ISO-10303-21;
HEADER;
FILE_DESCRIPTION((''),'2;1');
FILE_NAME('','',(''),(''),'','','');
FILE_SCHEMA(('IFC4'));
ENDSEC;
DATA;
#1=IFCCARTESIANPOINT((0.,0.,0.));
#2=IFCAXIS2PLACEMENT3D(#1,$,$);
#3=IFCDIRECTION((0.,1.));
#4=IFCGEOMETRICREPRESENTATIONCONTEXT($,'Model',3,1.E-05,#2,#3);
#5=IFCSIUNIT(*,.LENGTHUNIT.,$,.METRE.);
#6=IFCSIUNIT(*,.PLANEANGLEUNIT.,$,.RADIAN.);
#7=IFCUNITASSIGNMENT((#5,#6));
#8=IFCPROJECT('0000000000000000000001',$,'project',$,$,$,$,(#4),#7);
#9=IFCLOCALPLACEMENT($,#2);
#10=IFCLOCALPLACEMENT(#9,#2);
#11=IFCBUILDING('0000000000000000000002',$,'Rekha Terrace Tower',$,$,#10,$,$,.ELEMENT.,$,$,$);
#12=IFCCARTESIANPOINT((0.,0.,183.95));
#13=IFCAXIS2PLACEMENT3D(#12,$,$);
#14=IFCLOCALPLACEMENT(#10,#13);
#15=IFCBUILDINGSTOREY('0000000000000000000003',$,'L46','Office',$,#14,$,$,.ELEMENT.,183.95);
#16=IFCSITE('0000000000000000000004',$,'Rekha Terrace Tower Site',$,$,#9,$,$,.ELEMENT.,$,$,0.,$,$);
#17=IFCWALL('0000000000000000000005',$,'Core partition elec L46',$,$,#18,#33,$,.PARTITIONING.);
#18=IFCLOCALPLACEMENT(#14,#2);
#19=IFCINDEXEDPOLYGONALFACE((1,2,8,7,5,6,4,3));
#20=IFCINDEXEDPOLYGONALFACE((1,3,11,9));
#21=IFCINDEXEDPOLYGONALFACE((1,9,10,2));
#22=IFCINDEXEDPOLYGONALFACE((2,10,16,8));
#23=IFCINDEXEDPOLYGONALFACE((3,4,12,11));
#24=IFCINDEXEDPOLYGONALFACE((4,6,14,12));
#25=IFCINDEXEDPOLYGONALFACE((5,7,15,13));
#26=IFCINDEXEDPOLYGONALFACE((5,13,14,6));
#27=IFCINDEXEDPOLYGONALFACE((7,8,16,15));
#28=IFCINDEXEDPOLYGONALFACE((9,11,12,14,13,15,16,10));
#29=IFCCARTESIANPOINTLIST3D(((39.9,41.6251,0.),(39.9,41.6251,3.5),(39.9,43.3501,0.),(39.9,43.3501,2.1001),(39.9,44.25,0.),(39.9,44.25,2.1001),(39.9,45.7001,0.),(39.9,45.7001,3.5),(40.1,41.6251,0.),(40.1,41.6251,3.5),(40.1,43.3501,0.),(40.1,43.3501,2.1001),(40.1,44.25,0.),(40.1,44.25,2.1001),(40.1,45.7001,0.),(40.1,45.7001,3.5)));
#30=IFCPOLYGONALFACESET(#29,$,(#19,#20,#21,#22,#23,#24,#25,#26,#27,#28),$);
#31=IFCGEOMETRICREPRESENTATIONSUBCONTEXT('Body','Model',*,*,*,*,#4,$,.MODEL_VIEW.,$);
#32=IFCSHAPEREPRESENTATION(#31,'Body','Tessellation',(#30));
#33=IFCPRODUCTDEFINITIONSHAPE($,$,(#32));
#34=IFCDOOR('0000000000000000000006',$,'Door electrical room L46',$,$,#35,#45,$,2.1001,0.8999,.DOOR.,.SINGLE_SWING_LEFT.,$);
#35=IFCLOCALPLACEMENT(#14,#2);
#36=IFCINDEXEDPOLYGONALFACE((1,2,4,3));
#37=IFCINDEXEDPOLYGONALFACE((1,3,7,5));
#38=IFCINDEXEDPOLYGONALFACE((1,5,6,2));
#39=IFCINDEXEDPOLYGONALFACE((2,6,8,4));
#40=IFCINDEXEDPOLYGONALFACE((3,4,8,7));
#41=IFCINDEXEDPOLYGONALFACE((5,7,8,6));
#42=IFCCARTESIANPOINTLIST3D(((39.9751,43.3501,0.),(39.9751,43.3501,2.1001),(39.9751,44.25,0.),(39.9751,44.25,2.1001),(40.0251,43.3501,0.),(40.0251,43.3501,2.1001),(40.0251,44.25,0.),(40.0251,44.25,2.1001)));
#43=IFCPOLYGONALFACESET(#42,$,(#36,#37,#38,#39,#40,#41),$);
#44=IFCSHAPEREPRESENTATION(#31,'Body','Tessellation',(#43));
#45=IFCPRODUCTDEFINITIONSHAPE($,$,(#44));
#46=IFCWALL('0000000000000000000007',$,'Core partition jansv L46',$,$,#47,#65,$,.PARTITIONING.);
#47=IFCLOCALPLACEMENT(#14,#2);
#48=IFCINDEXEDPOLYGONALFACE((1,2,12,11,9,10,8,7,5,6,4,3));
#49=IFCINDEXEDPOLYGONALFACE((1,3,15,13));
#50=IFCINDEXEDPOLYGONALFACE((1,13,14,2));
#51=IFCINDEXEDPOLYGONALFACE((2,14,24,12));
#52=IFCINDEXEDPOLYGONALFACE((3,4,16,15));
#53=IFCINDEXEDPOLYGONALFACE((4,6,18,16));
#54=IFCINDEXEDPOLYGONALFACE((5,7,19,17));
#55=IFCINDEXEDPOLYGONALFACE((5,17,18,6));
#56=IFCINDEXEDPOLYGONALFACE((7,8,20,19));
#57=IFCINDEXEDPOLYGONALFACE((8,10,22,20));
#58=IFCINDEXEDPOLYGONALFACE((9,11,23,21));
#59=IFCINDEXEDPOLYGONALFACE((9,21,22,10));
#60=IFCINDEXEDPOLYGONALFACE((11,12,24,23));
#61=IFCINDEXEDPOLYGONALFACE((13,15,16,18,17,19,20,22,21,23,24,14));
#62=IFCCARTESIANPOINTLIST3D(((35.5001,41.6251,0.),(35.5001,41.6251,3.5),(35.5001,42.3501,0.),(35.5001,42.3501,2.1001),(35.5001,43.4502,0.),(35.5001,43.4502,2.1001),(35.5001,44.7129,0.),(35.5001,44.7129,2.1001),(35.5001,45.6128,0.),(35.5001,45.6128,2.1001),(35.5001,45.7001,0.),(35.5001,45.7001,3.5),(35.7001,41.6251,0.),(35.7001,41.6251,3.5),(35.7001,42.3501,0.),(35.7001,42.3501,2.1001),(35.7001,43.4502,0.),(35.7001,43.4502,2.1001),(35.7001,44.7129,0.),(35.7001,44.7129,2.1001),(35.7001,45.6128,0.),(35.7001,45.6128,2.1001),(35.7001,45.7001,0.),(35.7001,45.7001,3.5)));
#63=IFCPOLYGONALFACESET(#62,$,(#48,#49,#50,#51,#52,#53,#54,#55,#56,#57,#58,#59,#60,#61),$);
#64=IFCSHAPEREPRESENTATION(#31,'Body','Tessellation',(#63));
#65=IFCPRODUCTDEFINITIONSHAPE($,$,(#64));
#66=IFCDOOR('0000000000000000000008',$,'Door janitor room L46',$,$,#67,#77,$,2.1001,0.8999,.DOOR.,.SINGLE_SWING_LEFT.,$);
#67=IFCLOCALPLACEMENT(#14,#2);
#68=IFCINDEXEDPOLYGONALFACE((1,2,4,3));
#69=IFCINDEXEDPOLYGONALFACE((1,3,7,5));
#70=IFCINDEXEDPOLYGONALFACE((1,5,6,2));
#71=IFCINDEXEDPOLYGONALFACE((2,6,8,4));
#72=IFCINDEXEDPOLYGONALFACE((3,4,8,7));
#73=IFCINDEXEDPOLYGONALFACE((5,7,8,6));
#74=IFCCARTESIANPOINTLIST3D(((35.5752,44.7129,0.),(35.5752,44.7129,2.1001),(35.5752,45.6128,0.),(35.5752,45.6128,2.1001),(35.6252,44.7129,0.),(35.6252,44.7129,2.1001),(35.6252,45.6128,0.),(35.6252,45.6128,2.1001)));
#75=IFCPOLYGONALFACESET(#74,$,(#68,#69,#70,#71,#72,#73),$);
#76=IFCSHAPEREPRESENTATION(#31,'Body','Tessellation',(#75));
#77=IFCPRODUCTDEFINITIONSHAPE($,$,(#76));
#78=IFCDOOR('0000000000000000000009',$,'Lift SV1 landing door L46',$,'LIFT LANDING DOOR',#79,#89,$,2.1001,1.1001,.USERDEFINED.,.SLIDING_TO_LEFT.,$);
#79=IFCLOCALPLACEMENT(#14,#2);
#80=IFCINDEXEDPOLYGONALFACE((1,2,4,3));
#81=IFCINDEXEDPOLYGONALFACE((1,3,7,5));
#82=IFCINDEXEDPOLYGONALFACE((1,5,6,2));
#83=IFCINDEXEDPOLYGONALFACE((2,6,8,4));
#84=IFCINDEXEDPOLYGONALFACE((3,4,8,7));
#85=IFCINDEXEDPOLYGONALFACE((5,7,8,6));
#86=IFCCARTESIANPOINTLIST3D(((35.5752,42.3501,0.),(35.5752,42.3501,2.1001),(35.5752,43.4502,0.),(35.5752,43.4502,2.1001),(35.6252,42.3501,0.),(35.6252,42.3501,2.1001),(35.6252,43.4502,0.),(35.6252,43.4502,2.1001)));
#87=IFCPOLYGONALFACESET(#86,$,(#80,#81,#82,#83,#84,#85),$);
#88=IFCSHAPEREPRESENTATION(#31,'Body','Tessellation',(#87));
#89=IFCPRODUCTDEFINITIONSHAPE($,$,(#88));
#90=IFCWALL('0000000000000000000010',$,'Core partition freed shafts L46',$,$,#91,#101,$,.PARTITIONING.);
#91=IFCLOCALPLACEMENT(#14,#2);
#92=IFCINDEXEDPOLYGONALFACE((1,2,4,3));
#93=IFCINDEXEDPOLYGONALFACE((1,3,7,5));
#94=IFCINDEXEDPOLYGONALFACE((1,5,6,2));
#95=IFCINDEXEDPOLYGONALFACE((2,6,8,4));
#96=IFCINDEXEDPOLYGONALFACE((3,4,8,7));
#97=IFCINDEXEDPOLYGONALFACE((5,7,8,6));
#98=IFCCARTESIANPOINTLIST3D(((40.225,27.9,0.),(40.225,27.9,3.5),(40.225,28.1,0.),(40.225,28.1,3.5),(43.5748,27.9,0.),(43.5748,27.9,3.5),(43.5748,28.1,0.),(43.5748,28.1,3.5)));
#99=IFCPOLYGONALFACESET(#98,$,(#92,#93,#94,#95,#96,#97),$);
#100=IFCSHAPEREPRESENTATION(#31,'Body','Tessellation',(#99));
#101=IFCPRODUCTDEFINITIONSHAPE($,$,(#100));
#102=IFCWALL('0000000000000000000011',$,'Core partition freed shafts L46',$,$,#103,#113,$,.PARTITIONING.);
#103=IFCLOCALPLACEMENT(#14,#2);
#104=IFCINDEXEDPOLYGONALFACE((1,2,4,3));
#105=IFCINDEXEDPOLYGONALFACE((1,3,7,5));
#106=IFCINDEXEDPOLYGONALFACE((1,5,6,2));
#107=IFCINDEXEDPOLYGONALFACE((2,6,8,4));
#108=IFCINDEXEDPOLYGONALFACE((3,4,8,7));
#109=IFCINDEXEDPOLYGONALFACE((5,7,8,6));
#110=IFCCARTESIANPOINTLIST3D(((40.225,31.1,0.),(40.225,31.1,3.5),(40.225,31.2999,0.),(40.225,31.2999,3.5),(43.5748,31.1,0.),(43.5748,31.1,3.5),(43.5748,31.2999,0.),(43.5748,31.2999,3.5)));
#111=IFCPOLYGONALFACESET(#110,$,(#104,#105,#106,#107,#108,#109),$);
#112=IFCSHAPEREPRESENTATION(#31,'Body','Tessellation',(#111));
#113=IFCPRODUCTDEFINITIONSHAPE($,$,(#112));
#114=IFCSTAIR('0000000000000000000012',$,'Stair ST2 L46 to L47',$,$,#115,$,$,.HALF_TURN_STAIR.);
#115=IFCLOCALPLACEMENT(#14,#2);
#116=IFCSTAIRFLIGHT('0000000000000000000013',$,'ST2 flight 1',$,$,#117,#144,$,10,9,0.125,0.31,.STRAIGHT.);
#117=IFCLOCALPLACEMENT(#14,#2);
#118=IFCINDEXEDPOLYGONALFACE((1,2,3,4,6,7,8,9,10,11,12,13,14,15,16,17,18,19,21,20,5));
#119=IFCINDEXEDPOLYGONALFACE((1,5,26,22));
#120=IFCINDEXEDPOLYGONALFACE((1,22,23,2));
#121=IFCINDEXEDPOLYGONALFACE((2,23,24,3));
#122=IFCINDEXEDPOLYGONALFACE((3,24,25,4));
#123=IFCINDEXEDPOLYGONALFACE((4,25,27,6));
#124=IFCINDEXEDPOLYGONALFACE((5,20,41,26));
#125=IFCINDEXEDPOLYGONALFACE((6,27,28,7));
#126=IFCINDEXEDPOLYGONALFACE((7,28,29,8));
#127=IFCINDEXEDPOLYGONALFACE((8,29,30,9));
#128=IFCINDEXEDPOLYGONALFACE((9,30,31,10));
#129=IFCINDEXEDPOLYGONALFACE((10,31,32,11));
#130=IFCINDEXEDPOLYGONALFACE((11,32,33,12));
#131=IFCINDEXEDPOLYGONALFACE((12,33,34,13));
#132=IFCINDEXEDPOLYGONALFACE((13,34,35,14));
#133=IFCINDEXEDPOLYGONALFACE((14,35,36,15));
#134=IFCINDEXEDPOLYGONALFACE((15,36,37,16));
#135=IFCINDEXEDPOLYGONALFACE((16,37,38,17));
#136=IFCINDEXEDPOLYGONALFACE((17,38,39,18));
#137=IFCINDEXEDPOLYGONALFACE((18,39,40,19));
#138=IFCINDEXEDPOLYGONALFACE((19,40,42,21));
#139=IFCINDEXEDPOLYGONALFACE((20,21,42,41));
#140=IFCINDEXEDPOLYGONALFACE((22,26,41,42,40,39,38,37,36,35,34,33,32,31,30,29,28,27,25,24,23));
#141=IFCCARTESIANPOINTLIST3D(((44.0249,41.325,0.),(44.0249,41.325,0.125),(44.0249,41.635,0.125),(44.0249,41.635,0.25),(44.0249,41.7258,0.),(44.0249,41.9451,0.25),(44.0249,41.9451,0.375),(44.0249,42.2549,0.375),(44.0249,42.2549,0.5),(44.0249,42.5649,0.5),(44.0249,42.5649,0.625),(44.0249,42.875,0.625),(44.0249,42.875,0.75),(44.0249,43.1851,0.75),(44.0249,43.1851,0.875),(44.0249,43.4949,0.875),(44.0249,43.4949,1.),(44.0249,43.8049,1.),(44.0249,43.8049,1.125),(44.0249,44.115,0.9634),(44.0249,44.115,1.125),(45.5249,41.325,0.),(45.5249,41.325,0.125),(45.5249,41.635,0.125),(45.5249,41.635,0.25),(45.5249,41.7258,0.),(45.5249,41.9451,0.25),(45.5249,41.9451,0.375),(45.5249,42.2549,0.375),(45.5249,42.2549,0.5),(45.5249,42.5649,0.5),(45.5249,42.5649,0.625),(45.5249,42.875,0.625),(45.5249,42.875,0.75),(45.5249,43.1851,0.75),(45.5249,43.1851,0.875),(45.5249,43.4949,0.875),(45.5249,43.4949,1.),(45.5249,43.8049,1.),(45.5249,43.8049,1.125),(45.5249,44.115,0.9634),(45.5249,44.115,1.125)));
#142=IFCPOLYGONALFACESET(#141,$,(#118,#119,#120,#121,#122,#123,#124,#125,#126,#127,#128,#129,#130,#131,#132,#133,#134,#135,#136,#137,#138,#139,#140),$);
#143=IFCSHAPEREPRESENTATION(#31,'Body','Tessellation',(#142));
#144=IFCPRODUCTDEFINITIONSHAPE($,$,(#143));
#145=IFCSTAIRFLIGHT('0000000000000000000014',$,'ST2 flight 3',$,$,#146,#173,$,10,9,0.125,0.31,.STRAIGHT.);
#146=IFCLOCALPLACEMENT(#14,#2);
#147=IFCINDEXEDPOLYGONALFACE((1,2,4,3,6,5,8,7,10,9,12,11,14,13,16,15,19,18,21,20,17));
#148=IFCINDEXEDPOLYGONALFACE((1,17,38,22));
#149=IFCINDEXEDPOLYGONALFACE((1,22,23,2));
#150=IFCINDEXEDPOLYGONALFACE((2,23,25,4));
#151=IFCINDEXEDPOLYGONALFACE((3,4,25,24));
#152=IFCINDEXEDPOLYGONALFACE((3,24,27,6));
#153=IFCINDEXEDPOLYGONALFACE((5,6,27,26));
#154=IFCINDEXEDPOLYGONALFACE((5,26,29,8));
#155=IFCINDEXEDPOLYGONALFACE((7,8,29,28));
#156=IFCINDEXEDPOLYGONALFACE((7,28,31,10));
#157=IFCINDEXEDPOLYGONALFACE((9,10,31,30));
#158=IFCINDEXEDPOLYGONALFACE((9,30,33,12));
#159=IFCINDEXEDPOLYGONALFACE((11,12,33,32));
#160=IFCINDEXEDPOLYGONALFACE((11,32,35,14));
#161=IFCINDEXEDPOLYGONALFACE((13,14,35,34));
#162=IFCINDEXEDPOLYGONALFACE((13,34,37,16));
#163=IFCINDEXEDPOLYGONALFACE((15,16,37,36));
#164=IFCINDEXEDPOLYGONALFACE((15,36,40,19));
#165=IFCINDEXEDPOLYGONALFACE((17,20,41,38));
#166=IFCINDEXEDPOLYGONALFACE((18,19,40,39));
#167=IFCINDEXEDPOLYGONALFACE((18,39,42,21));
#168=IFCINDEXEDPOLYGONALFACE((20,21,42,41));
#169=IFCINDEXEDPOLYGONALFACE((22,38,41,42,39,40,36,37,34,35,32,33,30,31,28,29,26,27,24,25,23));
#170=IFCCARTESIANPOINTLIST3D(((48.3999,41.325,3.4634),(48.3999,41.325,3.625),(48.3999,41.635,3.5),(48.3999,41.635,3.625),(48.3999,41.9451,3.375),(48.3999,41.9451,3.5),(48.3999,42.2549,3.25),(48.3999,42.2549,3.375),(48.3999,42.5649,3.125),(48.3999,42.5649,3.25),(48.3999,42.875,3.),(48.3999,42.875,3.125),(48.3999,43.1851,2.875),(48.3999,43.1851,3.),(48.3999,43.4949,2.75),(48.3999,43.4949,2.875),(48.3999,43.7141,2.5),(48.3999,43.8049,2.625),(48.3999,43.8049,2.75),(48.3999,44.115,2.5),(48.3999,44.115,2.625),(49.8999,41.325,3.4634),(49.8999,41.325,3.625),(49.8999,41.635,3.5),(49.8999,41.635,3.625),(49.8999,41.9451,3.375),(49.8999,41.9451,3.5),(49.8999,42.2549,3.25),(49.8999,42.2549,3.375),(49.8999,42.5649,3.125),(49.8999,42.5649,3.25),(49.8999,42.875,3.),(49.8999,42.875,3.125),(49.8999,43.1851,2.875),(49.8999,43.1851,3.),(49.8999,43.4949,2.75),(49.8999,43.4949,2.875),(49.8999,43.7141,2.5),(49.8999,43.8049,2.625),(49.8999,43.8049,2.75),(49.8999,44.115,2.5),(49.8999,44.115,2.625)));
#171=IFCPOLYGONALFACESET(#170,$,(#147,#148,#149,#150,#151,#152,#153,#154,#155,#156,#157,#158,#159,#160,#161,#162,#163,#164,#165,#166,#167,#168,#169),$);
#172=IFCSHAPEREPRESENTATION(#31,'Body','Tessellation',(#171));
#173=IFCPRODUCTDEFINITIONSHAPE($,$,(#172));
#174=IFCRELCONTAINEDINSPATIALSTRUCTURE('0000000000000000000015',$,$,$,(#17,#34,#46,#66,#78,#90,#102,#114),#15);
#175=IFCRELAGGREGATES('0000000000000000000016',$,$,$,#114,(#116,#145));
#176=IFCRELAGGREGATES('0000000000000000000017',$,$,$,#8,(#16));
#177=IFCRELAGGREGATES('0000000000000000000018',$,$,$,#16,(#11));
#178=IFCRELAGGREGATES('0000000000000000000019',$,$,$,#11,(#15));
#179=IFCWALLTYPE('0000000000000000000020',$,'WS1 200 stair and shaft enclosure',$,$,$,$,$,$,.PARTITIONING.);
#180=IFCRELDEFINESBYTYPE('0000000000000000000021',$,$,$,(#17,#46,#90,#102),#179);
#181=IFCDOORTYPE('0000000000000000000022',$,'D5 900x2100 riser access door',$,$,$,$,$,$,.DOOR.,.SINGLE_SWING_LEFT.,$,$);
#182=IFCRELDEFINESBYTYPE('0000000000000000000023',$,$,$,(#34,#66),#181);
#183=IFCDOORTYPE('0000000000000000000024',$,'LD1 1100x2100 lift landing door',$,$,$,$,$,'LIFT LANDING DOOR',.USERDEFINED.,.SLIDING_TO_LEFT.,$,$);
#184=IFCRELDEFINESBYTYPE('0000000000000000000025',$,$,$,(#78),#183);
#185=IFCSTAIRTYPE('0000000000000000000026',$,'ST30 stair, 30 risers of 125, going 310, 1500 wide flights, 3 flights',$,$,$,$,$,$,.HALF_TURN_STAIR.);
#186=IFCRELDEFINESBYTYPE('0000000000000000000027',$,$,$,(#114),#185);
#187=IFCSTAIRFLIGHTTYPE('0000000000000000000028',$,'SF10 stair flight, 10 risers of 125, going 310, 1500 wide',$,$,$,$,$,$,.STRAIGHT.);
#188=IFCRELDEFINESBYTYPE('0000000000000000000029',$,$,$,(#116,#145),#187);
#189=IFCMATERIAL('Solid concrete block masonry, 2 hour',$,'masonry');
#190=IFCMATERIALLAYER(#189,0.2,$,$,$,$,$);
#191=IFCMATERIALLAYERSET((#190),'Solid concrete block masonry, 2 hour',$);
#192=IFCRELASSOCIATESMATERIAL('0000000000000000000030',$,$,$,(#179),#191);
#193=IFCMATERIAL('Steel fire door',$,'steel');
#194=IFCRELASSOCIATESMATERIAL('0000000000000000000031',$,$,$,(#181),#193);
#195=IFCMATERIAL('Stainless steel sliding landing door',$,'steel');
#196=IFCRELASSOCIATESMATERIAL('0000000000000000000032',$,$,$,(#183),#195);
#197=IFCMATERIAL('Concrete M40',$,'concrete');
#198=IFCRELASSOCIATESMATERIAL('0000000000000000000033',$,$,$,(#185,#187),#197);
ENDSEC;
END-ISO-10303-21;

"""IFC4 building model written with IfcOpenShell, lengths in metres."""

from ifc_helpers import new_model, si_unit, direction, frame, frame_2d, origin, place, context, subcontext, project, spatial, polyline, rectangle, outline, extrude, material, layer, layer_set, type_object, element, fill, aggregate, save


model = new_model("IFC4")

# Units and contexts
model_context = context("Model", 3, precision=1e-05, world=origin(), true_north=direction((0.0, 1.0)))
body_context = subcontext(model_context, "Body", "Model", "MODEL_VIEW")
ifc_project = project(units=[si_unit("LENGTHUNIT", "METRE"), si_unit("PLANEANGLEUNIT", "RADIAN")], contexts=[model_context])

# Site, building, storey
site_placement = place(None, origin())
site = spatial("IfcSite", under=ifc_project, at=site_placement, Name="Rekha Terrace Tower Site", CompositionType="ELEMENT", RefElevation=0.0)
building_placement = place(site_placement, origin())
building = spatial("IfcBuilding", under=site, at=building_placement, Name="Rekha Terrace Tower", CompositionType="ELEMENT")
storey_placement = place(building_placement, frame((0.0, 0.0, 183.95)))
storey = spatial("IfcBuildingStorey", under=building, at=storey_placement, Name="L46", Description="Office", CompositionType="ELEMENT", Elevation=183.95)

# Shared definitions
ifc_material_1 = material(Name="Stainless steel sliding landing door", Category="steel")
ifc_material_2 = material(Name="Steel fire door", Category="steel")

# Shared definitions
ifc_material_3 = material(Name="Solid concrete block masonry, 2 hour", Category="masonry")
ifc_layer_1 = layer(ifc_material_3, 0.2)
ifc_layer_set_1 = layer_set([ifc_layer_1], Name="Solid concrete block masonry, 2 hour")
wall_type_1 = type_object("IfcWallType", Name="WS1 200 stair and shaft enclosure", PredefinedType="PARTITIONING", material=ifc_layer_set_1)

# Wall, opening, door
wall_1_placement = place(storey_placement, frame((40.0, 41.625, 0.0), z_axis=(0.0, 0.0, 1.0), x_axis=(0.0, 1.0, 0.0)))
wall_1 = element("IfcWall", 1, at=wall_1_placement, inside=storey, type_object=wall_type_1, Name="Core partition elec L46", PredefinedType="PARTITIONING", context=body_context, shape_type="SweptSolid", body=[
    extrude(rectangle(XDim=4.075, YDim=0.2, at=frame_2d((2.0376, 0.0))), origin(), (0.0, 0.0, 1.0), 3.5),
])
opening_1_placement = place(wall_1_placement, frame((1.7251, 0.0, 0.0)))
opening_1 = element("IfcOpeningElement", 2, at=opening_1_placement, cuts=wall_1, PredefinedType="OPENING", context=body_context, shape_type="SweptSolid", body=[
    extrude(rectangle(XDim=0.8999, YDim=2.1001, at=frame_2d((0.45, 1.05))), frame((0.0, 0.1099, 0.0), z_axis=(0.0, -1.0, 0.0), x_axis=(1.0, 0.0, 0.0)), (0.0, 0.0, 1.0), 0.22),
])
door_type_1 = type_object("IfcDoorType", Name="D5 900x2100 riser access door", OperationType="SINGLE_SWING_LEFT", PredefinedType="DOOR", material=ifc_material_2)
door_1_placement = place(opening_1_placement, origin())
door_1 = element("IfcDoor", 3, at=door_1_placement, inside=storey, type_object=door_type_1, Name="Door electrical room L46", OperationType="SINGLE_SWING_LEFT", OverallHeight=2.1001, OverallWidth=0.8999, PredefinedType="DOOR", context=body_context, shape_type="SweptSolid", body=[
    extrude(rectangle(XDim=0.8999, YDim=2.1001, at=frame_2d((0.45, 1.05))), frame((0.0, 0.0249, 0.0), z_axis=(0.0, -1.0, 0.0), x_axis=(1.0, 0.0, 0.0)), (0.0, 0.0, 1.0), 0.05),
])
fill(opening_1, door_1)

# Wall, openings, doors
wall_2_placement = place(storey_placement, frame((35.6001, 41.625, 0.0), z_axis=(0.0, 0.0, 1.0), x_axis=(0.0, 1.0, 0.0)))
wall_2 = element("IfcWall", 4, at=wall_2_placement, inside=storey, type_object=wall_type_1, Name="Core partition jansv L46", PredefinedType="PARTITIONING", context=body_context, shape_type="SweptSolid", body=[
    extrude(rectangle(XDim=4.075, YDim=0.2, at=frame_2d((2.0376, 0.0))), origin(), (0.0, 0.0, 1.0), 3.5),
])
opening_2_placement = place(wall_2_placement, frame((3.0879, 0.0, 0.0)))
opening_2 = element("IfcOpeningElement", 5, at=opening_2_placement, cuts=wall_2, PredefinedType="OPENING", context=body_context, shape_type="SweptSolid", body=[
    extrude(rectangle(XDim=0.8999, YDim=2.1001, at=frame_2d((0.45, 1.05))), frame((0.0, 0.1099, 0.0), z_axis=(0.0, -1.0, 0.0), x_axis=(1.0, 0.0, 0.0)), (0.0, 0.0, 1.0), 0.22),
])
opening_3_placement = place(wall_2_placement, frame((0.7251, 0.0, 0.0)))
opening_3 = element("IfcOpeningElement", 6, at=opening_3_placement, cuts=wall_2, PredefinedType="OPENING", context=body_context, shape_type="SweptSolid", body=[
    extrude(rectangle(XDim=1.1001, YDim=2.1001, at=frame_2d((0.55, 1.05))), frame((0.0, 0.1099, 0.0), z_axis=(0.0, -1.0, 0.0), x_axis=(1.0, 0.0, 0.0)), (0.0, 0.0, 1.0), 0.22),
])
door_2_placement = place(opening_2_placement, origin())
door_2 = element("IfcDoor", 7, at=door_2_placement, inside=storey, type_object=door_type_1, Name="Door janitor room L46", OperationType="SINGLE_SWING_LEFT", OverallHeight=2.1001, OverallWidth=0.8999, PredefinedType="DOOR", context=body_context, shape_type="SweptSolid", body=[
    extrude(rectangle(XDim=0.8999, YDim=2.1001, at=frame_2d((0.45, 1.05))), frame((0.0, 0.0249, 0.0), z_axis=(0.0, -1.0, 0.0), x_axis=(1.0, 0.0, 0.0)), (0.0, 0.0, 1.0), 0.05),
])
fill(opening_2, door_2)
door_type_2 = type_object("IfcDoorType", Name="LD1 1100x2100 lift landing door", ElementType="LIFT LANDING DOOR", OperationType="SLIDING_TO_LEFT", PredefinedType="USERDEFINED", material=ifc_material_1)
door_3_placement = place(opening_3_placement, origin())
door_3 = element("IfcDoor", 8, at=door_3_placement, inside=storey, type_object=door_type_2, Name="Lift SV1 landing door L46", ObjectType="LIFT LANDING DOOR", OperationType="SLIDING_TO_LEFT", OverallHeight=2.1001, OverallWidth=1.1001, PredefinedType="USERDEFINED", context=body_context, shape_type="SweptSolid", body=[
    extrude(rectangle(XDim=1.1001, YDim=2.1001, at=frame_2d((0.55, 1.05))), frame((0.0, 0.0249, 0.0), z_axis=(0.0, -1.0, 0.0), x_axis=(1.0, 0.0, 0.0)), (0.0, 0.0, 1.0), 0.05),
])
fill(opening_3, door_3)

# Walls
for number, where, z_axis, x_axis, name in (
    (9, (40.2251, 28.0, 0.0), (0.0, 0.0, 1.0), (1.0, 0.0, 0.0), "Core partition freed shafts L46"),
    (10, (40.2251, 31.2, 0.0), (0.0, 0.0, 1.0), (1.0, 0.0, 0.0), "Core partition freed shafts L46"),
):
    element("IfcWall", number, at=place(storey_placement, frame(where, z_axis=z_axis, x_axis=x_axis)), inside=storey, type_object=wall_type_1, Name=name, PredefinedType="PARTITIONING", context=body_context, shape_type="SweptSolid", body=[
        extrude(rectangle(XDim=3.3499, YDim=0.2, at=frame_2d((1.6748, 0.0))), origin(), (0.0, 0.0, 1.0), 3.5),
    ])

# Stair, stair flights
ifc_material_4 = material(Name="Concrete M40", Category="concrete")
stair_type = type_object("IfcStairType", Name="ST30 stair, 30 risers of 125, going 310, 1500 wide flights, 3 flights", PredefinedType="HALF_TURN_STAIR", material=ifc_material_4)
stair_1_placement = place(storey_placement, origin())
stair_1 = element("IfcStair", 11, at=stair_1_placement, inside=storey, type_object=stair_type, Name="Stair ST2 L46 to L47", PredefinedType="HALF_TURN_STAIR")
stair_flight_type = type_object("IfcStairFlightType", Name="SF10 stair flight, 10 risers of 125, going 310, 1500 wide", PredefinedType="STRAIGHT", material=ifc_material_4)
stair_flight_1_placement = place(storey_placement, frame((44.7749, 41.325, 0.0), z_axis=(0.0, 0.0, 1.0), x_axis=(0.0, 1.0, 0.0)))
stair_flight_1 = element("IfcStairFlight", 12, at=stair_flight_1_placement, type_object=stair_flight_type, Name="ST2 flight 1", NumberOfRisers=10, NumberOfTreads=9, PredefinedType="STRAIGHT", RiserHeight=0.125, TreadLength=0.31, context=body_context, shape_type="SweptSolid", body=[
    extrude(outline(polyline([(0.0, 0.0), (0.0, 0.125), (0.3101, 0.125), (0.3101, 0.25), (0.6201, 0.25), (0.6201, 0.375), (0.9299, 0.375), (0.9299, 0.5), (1.24, 0.5), (1.24, 0.625), (1.55, 0.625), (1.55, 0.75), (1.8601, 0.75), (1.8601, 0.875), (2.1699, 0.875), (2.1699, 1.0), (2.48, 1.0), (2.48, 1.125), (2.79, 1.125), (2.79, 1.25), (2.79, 0.9634), (0.4009, 0.0), (0.0, 0.0)])), frame((0.0, 0.75, 0.0), z_axis=(0.0, -1.0, 0.0), x_axis=(1.0, 0.0, 0.0)), (0.0, 0.0, 1.0), 1.5),
])
stair_flight_2_placement = place(storey_placement, frame((49.1499, 44.115, 2.5), z_axis=(0.0, 0.0, 1.0), x_axis=(0.0, -1.0, 0.0)))
stair_flight_2 = element("IfcStairFlight", 13, at=stair_flight_2_placement, type_object=stair_flight_type, Name="ST2 flight 3", NumberOfRisers=10, NumberOfTreads=9, PredefinedType="STRAIGHT", RiserHeight=0.125, TreadLength=0.31, context=body_context, shape_type="SweptSolid", body=[
    extrude(outline(polyline([(0.0, 0.0), (0.0, 0.125), (0.3101, 0.125), (0.3101, 0.25), (0.6201, 0.25), (0.6201, 0.375), (0.9299, 0.375), (0.9299, 0.5), (1.24, 0.5), (1.24, 0.625), (1.55, 0.625), (1.55, 0.75), (1.8601, 0.75), (1.8601, 0.875), (2.1699, 0.875), (2.1699, 1.0), (2.48, 1.0), (2.48, 1.125), (2.79, 1.125), (2.79, 1.25), (2.79, 0.9634), (0.4009, 0.0), (0.0, 0.0)])), frame((0.0, 0.75, 0.0), z_axis=(0.0, -1.0, 0.0), x_axis=(1.0, 0.0, 0.0)), (0.0, 0.0, 1.0), 1.5),
])
aggregate(stair_1, [stair_flight_1, stair_flight_2])

save(model, "model.ifc")
